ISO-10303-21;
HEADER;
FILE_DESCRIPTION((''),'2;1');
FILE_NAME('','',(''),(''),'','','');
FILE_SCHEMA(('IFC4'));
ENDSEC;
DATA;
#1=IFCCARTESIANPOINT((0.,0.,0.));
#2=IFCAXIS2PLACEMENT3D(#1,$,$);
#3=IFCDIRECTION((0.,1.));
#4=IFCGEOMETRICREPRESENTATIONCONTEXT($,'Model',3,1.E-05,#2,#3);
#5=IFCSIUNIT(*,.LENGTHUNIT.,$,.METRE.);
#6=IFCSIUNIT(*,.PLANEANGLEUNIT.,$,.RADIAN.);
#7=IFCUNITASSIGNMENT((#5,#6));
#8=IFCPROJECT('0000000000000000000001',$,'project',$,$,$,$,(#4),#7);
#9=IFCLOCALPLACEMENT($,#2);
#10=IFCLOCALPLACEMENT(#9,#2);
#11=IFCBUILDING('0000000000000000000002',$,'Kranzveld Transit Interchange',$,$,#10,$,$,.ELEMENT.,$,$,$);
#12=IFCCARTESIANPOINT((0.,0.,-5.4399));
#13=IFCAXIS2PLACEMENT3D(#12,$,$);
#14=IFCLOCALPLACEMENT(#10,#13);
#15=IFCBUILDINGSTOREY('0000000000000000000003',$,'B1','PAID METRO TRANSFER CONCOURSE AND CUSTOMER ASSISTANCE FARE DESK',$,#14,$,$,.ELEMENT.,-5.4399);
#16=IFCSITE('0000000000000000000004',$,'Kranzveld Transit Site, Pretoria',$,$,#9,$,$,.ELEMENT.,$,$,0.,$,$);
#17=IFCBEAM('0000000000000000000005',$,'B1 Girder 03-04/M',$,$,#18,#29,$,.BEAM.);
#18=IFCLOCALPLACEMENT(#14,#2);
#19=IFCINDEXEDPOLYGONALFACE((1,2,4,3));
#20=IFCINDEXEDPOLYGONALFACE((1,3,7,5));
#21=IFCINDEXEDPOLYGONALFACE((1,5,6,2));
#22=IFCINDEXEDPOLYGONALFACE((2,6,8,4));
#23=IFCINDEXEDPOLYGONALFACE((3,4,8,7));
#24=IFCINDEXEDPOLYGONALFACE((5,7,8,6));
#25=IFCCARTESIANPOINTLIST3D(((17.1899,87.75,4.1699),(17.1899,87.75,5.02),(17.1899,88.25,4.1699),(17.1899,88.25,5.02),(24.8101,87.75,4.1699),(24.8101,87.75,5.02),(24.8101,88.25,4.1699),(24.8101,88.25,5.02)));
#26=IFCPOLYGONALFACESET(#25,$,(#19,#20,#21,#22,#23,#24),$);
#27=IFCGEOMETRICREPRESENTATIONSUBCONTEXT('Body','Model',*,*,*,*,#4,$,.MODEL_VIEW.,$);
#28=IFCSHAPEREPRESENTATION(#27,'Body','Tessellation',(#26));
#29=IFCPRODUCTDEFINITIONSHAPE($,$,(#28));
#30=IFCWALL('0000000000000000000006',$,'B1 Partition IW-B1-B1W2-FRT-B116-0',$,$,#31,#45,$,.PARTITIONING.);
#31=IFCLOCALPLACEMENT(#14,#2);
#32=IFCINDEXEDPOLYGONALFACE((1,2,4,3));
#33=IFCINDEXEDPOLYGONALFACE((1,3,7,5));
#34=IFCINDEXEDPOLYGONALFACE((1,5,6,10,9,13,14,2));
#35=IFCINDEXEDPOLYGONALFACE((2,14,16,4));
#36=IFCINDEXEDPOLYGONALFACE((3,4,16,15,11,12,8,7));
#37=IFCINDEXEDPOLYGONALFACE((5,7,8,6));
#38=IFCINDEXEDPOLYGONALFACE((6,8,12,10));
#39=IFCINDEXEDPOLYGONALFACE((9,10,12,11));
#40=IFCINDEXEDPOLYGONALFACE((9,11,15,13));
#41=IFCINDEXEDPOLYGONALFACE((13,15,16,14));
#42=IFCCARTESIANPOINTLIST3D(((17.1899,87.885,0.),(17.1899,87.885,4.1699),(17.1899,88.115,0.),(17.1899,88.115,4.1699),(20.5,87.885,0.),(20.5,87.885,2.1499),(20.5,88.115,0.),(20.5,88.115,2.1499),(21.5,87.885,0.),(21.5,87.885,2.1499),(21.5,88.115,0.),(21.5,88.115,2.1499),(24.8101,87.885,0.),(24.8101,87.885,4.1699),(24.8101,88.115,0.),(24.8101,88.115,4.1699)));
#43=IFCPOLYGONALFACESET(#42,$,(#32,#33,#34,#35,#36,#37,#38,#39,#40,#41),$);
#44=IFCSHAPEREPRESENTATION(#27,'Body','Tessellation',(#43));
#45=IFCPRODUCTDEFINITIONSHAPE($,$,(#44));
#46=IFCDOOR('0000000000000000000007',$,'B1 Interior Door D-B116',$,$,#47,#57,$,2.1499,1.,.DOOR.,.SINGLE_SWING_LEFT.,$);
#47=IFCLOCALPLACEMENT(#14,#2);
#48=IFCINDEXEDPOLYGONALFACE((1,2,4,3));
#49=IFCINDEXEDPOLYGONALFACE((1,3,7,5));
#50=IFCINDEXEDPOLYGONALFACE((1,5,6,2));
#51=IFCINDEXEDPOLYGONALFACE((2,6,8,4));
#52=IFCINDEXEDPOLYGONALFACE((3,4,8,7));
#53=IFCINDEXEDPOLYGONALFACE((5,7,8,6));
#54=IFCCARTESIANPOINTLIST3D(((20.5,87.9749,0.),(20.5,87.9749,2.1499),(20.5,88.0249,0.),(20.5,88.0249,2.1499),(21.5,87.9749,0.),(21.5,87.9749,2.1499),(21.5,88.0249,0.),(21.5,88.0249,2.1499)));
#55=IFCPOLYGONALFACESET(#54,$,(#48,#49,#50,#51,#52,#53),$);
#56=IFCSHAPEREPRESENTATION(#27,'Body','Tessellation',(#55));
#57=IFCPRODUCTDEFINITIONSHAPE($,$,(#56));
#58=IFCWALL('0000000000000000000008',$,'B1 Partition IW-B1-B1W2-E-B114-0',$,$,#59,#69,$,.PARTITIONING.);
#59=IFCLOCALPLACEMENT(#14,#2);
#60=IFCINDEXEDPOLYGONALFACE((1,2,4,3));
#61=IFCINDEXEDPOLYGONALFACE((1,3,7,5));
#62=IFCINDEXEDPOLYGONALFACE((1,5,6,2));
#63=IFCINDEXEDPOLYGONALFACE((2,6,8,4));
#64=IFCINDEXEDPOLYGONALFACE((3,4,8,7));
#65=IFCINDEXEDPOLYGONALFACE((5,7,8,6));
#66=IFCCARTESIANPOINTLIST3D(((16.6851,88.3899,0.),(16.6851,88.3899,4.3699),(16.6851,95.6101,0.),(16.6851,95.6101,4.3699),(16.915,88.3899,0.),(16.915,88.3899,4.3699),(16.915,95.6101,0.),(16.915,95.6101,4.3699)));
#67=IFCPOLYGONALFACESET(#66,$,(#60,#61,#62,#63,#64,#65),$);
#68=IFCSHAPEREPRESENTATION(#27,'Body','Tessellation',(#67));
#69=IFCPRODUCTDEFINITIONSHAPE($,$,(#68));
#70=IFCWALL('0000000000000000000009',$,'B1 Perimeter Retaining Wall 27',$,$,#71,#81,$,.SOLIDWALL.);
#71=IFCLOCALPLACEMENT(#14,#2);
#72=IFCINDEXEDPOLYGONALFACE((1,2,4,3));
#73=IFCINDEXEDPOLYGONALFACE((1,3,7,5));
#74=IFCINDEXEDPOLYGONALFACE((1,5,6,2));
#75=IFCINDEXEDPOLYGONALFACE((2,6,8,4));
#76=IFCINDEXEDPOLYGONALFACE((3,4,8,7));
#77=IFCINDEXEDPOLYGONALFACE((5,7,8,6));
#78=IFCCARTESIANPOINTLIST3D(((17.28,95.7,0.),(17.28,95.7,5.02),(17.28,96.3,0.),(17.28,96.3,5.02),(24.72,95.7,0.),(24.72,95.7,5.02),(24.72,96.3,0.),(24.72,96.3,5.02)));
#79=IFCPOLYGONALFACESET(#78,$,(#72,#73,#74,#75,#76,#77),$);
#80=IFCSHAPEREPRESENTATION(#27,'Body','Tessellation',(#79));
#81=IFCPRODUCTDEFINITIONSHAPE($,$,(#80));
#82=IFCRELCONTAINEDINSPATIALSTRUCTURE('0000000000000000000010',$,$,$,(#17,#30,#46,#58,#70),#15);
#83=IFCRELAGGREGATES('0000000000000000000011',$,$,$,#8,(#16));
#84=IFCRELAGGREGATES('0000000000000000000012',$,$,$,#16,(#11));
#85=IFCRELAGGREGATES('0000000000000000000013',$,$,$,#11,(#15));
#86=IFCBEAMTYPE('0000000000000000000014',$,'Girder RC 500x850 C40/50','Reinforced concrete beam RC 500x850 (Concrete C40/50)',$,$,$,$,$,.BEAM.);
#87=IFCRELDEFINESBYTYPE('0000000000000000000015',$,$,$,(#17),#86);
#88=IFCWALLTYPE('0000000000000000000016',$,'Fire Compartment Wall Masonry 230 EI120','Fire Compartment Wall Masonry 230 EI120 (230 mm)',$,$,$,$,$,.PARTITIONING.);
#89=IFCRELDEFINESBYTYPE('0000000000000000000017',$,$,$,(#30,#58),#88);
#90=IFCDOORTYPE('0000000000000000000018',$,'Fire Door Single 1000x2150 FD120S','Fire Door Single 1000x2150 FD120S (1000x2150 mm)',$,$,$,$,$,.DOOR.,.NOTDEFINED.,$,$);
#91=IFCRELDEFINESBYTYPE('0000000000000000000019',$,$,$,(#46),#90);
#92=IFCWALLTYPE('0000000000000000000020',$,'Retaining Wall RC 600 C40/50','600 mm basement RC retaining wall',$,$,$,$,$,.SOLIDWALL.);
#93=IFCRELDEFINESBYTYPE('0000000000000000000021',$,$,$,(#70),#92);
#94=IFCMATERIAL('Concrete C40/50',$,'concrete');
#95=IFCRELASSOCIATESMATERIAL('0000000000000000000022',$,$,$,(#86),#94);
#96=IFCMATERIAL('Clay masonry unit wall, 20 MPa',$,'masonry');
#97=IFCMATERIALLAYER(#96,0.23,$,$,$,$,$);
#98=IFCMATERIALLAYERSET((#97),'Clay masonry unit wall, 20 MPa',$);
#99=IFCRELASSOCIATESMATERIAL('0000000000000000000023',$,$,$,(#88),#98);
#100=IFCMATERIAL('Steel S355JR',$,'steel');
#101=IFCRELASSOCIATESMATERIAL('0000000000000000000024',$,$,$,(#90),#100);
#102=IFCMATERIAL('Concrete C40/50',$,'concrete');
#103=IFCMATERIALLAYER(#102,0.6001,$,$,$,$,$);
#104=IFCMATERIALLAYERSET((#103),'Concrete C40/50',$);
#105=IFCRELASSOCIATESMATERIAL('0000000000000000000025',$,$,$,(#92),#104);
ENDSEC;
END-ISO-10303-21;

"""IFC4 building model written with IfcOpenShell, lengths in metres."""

from ifc_helpers import new_model, si_unit, direction, frame, frame_2d, origin, origin_2d, place, context, subcontext, project, spatial, rectangle, extrude, material, layer, layer_set, material_profile, profile_set, type_object, element, fill, save


model = new_model("IFC4")

# Units and contexts
model_context = context("Model", 3, precision=1e-05, world=origin(), true_north=direction((0.0, 1.0)))
body_context = subcontext(model_context, "Body", "Model", "MODEL_VIEW")
ifc_project = project(units=[si_unit("LENGTHUNIT", "METRE"), si_unit("PLANEANGLEUNIT", "RADIAN")], contexts=[model_context])

# Site, building, storey
site_placement = place(None, origin())
site = spatial("IfcSite", under=ifc_project, at=site_placement, Name="Kranzveld Transit Site, Pretoria", CompositionType="ELEMENT", RefElevation=0.0)
building_placement = place(site_placement, origin())
building = spatial("IfcBuilding", under=site, at=building_placement, Name="Kranzveld Transit Interchange", CompositionType="ELEMENT")
storey_placement = place(building_placement, frame((0.0, 0.0, -5.4399)))
storey = spatial("IfcBuildingStorey", under=building, at=storey_placement, Name="B1", Description="PAID METRO TRANSFER CONCOURSE AND CUSTOMER ASSISTANCE FARE DESK", CompositionType="ELEMENT", Elevation=-5.4399)

# Beam
ifc_material_1 = material(Name="Concrete C40/50", Category="concrete")
ifc_material_profile_1 = material_profile(ifc_material_1, rectangle(XDim=0.5, YDim=0.8501, at=origin_2d()), Name="RC 500x850")
ifc_profile_set_1 = profile_set([ifc_material_profile_1], Name="Concrete C40/50")
beam_type_1 = type_object("IfcBeamType", Name="Girder RC 500x850 C40/50", Description="Reinforced concrete beam RC 500x850 (Concrete C40/50)", PredefinedType="BEAM", material=ifc_profile_set_1)
for number, where, z_axis, x_axis, name in (
    (1, (17.1899, 88.0, 4.595), (1.0, 0.0, 0.0), (0.0, 1.0, 0.0), "B1 Girder 03-04/M"),
):
    element("IfcBeam", number, at=place(storey_placement, frame(where, z_axis=z_axis, x_axis=x_axis)), inside=storey, type_object=beam_type_1, Name=name, PredefinedType="BEAM", context=body_context, shape_type="SweptSolid", body=[
        extrude(rectangle(XDim=0.5, YDim=0.8501, at=origin_2d()), origin(), (0.0, 0.0, 1.0), 7.6201),
    ])

# Wall, opening, door
ifc_material_2 = material(Name="Clay masonry unit wall, 20 MPa", Category="masonry")
ifc_layer_1 = layer(ifc_material_2, 0.23)
ifc_layer_set_1 = layer_set([ifc_layer_1], Name="Clay masonry unit wall, 20 MPa")
wall_type_1 = type_object("IfcWallType", Name="Fire Compartment Wall Masonry 230 EI120", Description="Fire Compartment Wall Masonry 230 EI120 (230 mm)", PredefinedType="PARTITIONING", material=ifc_layer_set_1)
wall_1_placement = place(storey_placement, frame((17.1899, 88.0, 0.0), z_axis=(0.0, 0.0, 1.0), x_axis=(1.0, 0.0, 0.0)))
wall_1 = element("IfcWall", 2, at=wall_1_placement, inside=storey, type_object=wall_type_1, Name="B1 Partition IW-B1-B1W2-FRT-B116-0", PredefinedType="PARTITIONING", context=body_context, shape_type="SweptSolid", body=[
    extrude(rectangle(XDim=7.6201, YDim=0.23, at=frame_2d((3.8101, 0.0))), origin(), (0.0, 0.0, 1.0), 4.1699),
])
opening_placement = place(wall_1_placement, frame((3.3101, 0.0, 0.0), z_axis=(0.0, 0.0, 1.0), x_axis=(1.0, 0.0, 0.0)))
opening = element("IfcOpeningElement", 3, at=opening_placement, cuts=wall_1, PredefinedType="OPENING", context=body_context, shape_type="SweptSolid", body=[
    extrude(rectangle(XDim=1.0, YDim=2.1499, at=frame_2d((0.5, 1.075))), frame((0.0, 0.125, 0.0), z_axis=(0.0, -1.0, 0.0), x_axis=(1.0, 0.0, 0.0)), (0.0, 0.0, 1.0), 0.25),
])
ifc_material_3 = material(Name="Steel S355JR", Category="steel")
door_type = type_object("IfcDoorType", Name="Fire Door Single 1000x2150 FD120S", Description="Fire Door Single 1000x2150 FD120S (1000x2150 mm)", OperationType="NOTDEFINED", PredefinedType="DOOR", material=ifc_material_3)
door_placement = place(opening_placement, origin())
door = element("IfcDoor", 4, at=door_placement, inside=storey, type_object=door_type, Name="B1 Interior Door D-B116", OperationType="SINGLE_SWING_LEFT", OverallHeight=2.1499, OverallWidth=1.0, PredefinedType="DOOR", context=body_context, shape_type="SweptSolid", body=[
    extrude(rectangle(XDim=1.0, YDim=2.1499, at=frame_2d((0.5, 1.075))), frame((0.0, 0.0249, 0.0), z_axis=(0.0, -1.0, 0.0), x_axis=(1.0, 0.0, 0.0)), (0.0, 0.0, 1.0), 0.05),
])
fill(opening, door)

# Walls
wall_2_placement = place(storey_placement, frame((16.8, 88.3899, 0.0), z_axis=(0.0, 0.0, 1.0), x_axis=(0.0, 1.0, 0.0)))
element("IfcWall", 5, at=wall_2_placement, inside=storey, type_object=wall_type_1, Name="B1 Partition IW-B1-B1W2-E-B114-0", PredefinedType="PARTITIONING", context=body_context, shape_type="SweptSolid", body=[
    extrude(rectangle(XDim=7.2202, YDim=0.23, at=frame_2d((3.6101, 0.0))), origin(), (0.0, 0.0, 1.0), 4.3699),
])
ifc_material_4 = material(Name="Concrete C40/50", Category="concrete")
ifc_layer_2 = layer(ifc_material_4, 0.6001)
ifc_layer_set_2 = layer_set([ifc_layer_2], Name="Concrete C40/50")
wall_type_2 = type_object("IfcWallType", Name="Retaining Wall RC 600 C40/50", Description="600 mm basement RC retaining wall", PredefinedType="SOLIDWALL", material=ifc_layer_set_2)
wall_3_placement = place(storey_placement, frame((17.28, 96.0, 0.0), z_axis=(0.0, 0.0, 1.0), x_axis=(1.0, 0.0, 0.0)))
element("IfcWall", 6, at=wall_3_placement, inside=storey, type_object=wall_type_2, Name="B1 Perimeter Retaining Wall 27", PredefinedType="SOLIDWALL", context=body_context, shape_type="SweptSolid", body=[
    extrude(rectangle(XDim=7.4399, YDim=0.6001, at=frame_2d((3.72, 0.0))), origin(), (0.0, 0.0, 1.0), 5.02),
])

save(model, "model.ifc")
